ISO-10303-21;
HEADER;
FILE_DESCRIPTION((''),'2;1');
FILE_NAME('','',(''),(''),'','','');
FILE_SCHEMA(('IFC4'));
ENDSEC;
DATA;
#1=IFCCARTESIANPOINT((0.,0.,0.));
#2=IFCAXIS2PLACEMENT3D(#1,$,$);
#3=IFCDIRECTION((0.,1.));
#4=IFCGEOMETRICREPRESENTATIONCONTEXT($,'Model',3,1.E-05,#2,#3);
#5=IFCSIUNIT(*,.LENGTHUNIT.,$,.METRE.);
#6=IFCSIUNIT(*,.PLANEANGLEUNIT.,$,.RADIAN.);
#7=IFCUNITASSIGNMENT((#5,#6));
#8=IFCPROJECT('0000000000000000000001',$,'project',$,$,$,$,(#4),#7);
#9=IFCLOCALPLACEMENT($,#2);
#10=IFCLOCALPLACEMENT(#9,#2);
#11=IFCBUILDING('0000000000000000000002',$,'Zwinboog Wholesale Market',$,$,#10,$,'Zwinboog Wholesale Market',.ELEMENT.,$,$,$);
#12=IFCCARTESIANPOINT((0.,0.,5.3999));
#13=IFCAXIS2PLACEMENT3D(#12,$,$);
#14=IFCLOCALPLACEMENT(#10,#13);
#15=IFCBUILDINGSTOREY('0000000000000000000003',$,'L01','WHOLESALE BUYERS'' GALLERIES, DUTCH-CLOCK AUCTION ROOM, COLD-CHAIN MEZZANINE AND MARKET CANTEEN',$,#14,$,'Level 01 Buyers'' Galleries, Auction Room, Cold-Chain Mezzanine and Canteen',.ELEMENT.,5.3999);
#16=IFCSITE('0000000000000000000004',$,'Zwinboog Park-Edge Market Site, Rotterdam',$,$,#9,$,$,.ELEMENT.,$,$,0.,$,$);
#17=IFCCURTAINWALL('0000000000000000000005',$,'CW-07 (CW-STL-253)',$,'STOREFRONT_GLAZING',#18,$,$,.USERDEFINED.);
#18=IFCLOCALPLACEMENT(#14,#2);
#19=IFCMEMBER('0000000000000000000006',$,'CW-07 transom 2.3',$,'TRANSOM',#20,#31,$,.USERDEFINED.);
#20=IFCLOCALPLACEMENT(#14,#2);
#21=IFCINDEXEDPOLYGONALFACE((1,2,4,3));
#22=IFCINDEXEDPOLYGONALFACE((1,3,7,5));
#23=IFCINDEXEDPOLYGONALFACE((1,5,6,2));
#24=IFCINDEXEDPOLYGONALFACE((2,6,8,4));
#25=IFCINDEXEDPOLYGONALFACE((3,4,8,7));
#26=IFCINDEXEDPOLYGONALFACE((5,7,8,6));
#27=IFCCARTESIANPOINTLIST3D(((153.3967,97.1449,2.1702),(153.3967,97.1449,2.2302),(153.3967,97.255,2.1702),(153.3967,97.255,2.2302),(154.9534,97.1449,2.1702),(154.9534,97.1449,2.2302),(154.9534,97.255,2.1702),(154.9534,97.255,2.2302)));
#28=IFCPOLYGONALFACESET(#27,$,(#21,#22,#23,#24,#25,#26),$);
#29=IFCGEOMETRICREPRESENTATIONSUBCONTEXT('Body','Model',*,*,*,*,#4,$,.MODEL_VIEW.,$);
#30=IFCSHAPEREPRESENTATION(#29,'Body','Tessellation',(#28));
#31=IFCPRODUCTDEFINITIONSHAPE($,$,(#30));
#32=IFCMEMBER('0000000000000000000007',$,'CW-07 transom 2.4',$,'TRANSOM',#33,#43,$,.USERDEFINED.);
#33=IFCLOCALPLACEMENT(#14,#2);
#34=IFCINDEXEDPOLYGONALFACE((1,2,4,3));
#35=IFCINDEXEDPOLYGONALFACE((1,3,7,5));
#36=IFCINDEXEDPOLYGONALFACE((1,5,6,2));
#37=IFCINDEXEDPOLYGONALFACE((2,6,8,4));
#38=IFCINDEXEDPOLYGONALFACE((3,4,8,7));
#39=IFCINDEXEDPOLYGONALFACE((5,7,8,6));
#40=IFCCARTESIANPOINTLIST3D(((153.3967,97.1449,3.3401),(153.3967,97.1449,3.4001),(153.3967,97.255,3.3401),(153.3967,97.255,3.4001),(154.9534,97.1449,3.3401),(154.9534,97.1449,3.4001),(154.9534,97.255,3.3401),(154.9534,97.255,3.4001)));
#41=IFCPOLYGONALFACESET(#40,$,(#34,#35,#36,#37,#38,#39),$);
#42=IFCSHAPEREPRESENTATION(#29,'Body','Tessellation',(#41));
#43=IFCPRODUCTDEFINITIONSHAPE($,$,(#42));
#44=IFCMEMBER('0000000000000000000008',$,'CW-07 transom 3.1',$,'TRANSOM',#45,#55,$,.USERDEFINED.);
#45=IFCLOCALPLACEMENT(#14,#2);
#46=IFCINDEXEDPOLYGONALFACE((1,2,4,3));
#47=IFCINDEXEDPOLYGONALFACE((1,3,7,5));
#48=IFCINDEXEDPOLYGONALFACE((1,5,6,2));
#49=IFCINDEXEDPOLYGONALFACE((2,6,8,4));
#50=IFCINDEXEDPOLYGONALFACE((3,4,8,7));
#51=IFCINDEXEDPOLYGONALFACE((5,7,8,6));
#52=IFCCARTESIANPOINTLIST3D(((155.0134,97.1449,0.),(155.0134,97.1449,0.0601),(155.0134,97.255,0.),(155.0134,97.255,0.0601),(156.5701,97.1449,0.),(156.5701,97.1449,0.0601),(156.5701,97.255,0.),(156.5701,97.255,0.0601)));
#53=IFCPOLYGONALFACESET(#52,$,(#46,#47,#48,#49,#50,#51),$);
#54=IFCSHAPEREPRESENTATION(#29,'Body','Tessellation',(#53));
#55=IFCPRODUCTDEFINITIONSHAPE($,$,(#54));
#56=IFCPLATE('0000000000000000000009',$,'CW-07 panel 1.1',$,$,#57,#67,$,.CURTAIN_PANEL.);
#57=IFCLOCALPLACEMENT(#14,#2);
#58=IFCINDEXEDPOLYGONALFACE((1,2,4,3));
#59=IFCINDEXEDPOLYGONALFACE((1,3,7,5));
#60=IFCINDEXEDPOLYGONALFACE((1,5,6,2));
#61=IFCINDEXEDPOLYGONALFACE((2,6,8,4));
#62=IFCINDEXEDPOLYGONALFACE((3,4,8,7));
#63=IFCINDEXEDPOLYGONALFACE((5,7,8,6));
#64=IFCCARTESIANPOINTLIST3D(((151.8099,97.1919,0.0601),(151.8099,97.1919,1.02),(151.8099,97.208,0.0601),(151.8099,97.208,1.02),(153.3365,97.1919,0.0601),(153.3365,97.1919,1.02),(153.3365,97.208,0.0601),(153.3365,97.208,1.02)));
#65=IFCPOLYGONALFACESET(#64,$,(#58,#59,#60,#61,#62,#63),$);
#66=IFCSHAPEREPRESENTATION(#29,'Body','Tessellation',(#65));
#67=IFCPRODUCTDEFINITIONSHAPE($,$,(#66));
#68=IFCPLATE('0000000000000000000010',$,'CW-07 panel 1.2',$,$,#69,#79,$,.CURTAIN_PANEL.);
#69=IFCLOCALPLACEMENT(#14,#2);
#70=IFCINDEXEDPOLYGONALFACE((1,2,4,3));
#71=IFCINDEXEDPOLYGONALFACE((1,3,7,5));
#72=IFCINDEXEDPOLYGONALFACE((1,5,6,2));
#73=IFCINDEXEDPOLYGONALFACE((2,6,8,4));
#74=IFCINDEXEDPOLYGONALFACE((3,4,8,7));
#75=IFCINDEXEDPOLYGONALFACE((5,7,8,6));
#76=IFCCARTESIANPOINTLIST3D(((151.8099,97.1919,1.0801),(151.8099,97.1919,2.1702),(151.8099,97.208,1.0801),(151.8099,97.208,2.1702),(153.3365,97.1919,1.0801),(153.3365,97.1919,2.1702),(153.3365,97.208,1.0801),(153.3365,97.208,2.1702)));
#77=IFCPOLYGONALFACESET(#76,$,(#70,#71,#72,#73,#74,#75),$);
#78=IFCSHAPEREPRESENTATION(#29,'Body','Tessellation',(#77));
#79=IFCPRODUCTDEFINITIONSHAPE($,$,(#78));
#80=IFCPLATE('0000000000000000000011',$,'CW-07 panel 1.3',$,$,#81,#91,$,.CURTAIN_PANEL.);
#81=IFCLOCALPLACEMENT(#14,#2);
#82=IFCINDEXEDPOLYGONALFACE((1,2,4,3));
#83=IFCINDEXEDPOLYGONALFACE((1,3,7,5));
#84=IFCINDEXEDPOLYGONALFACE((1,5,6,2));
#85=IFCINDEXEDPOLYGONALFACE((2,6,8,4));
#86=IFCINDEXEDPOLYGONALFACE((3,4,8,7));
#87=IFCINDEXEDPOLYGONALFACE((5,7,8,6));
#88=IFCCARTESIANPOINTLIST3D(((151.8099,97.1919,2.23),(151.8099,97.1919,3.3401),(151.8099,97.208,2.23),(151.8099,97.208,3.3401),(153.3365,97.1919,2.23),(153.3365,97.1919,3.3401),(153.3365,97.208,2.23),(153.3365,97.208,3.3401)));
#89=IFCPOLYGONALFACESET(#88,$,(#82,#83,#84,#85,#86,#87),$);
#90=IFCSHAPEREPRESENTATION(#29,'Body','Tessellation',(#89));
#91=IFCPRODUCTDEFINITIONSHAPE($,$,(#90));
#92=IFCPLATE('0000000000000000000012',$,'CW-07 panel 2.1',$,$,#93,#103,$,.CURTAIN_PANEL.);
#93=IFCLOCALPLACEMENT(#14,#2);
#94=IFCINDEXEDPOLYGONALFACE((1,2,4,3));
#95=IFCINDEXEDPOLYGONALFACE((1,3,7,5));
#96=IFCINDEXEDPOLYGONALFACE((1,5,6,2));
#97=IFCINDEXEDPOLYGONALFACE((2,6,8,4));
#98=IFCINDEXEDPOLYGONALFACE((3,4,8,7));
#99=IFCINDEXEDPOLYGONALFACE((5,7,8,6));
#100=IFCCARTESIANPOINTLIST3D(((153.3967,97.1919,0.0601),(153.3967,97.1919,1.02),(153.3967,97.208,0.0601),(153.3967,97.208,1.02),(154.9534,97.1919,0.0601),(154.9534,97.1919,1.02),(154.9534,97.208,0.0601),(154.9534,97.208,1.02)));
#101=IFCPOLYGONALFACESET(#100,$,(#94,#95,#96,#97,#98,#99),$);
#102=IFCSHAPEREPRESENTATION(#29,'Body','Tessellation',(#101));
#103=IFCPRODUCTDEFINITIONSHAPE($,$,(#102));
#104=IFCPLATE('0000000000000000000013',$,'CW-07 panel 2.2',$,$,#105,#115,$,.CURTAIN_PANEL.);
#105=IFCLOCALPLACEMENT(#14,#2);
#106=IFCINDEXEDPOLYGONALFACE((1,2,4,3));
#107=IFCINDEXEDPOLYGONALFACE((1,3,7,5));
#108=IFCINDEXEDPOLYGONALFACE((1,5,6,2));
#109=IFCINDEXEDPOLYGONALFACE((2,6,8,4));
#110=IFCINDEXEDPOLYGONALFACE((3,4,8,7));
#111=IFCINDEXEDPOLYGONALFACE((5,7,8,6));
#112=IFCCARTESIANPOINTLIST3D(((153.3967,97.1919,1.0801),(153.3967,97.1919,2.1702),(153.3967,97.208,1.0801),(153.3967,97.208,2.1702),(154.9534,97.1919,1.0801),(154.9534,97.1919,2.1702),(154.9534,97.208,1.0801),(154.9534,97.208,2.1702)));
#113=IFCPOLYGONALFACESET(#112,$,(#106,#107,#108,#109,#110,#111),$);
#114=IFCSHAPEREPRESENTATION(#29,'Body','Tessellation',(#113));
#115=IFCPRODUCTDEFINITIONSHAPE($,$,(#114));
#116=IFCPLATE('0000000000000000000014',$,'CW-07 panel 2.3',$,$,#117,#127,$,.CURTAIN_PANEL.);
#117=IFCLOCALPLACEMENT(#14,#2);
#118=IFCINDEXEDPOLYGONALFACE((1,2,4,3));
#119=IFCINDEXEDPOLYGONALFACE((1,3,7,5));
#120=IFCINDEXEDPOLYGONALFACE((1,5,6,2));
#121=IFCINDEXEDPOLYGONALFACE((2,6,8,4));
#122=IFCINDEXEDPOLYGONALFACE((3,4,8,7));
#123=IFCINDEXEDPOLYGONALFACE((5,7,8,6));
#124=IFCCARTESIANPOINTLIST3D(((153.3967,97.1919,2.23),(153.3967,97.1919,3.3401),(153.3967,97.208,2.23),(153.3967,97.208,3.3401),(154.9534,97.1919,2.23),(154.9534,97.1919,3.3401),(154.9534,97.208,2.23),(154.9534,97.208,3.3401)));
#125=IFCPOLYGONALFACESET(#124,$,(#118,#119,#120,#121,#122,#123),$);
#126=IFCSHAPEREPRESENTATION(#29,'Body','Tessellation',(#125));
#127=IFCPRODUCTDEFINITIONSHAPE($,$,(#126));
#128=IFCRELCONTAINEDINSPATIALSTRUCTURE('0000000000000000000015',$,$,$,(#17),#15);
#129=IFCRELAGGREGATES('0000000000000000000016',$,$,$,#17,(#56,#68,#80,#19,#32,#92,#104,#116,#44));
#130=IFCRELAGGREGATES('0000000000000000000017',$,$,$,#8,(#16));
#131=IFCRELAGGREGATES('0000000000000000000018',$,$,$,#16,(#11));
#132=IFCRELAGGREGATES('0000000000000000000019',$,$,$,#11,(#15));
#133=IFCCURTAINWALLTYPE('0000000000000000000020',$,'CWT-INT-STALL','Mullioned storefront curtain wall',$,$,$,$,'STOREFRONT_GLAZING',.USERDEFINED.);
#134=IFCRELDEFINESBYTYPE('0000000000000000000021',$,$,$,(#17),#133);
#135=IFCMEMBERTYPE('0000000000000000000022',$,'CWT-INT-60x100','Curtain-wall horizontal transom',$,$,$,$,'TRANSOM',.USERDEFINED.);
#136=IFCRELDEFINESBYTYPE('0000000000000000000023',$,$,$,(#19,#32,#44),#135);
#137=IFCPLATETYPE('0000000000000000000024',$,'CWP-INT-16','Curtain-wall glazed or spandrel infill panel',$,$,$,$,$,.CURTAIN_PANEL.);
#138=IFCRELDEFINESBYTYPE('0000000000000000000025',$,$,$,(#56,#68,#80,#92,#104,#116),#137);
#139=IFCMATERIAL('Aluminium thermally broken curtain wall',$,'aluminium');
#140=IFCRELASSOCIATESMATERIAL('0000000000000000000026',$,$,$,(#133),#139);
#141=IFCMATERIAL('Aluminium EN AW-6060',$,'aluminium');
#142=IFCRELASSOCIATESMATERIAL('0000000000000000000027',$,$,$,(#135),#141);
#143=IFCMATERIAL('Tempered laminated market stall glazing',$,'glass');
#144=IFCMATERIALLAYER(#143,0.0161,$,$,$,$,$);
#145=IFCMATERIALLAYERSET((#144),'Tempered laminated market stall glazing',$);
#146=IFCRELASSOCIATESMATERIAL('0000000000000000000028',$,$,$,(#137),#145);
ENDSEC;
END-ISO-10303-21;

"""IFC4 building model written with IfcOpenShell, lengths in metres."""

from ifc_helpers import new_model, si_unit, direction, frame, origin, origin_2d, place, context, subcontext, project, spatial, rectangle, extrude, material, layer, layer_set, material_profile, profile_set, type_object, element, aggregate, save


model = new_model("IFC4")

# Units and contexts
model_context = context("Model", 3, precision=1e-05, world=origin(), true_north=direction((0.0, 1.0)))
body_context = subcontext(model_context, "Body", "Model", "MODEL_VIEW")
ifc_project = project(units=[si_unit("LENGTHUNIT", "METRE"), si_unit("PLANEANGLEUNIT", "RADIAN")], contexts=[model_context])

# Site, building, storey
site_placement = place(None, origin())
site = spatial("IfcSite", under=ifc_project, at=site_placement, Name="Zwinboog Park-Edge Market Site, Rotterdam", CompositionType="ELEMENT", RefElevation=0.0)
building_placement = place(site_placement, origin())
building = spatial("IfcBuilding", under=site, at=building_placement, Name="Zwinboog Wholesale Market", LongName="Zwinboog Wholesale Market", CompositionType="ELEMENT")
storey_placement = place(building_placement, frame((0.0, 0.0, 5.3999)))
storey = spatial("IfcBuildingStorey", under=building, at=storey_placement, Name="L01", Description="WHOLESALE BUYERS' GALLERIES, DUTCH-CLOCK AUCTION ROOM, COLD-CHAIN MEZZANINE AND MARKET CANTEEN", LongName="Level 01 Buyers' Galleries, Auction Room, Cold-Chain Mezzanine and Canteen", CompositionType="ELEMENT", Elevation=5.3999)

# Curtain wall, members, plates
ifc_material_1 = material(Name="Aluminium thermally broken curtain wall", Category="aluminium")
curtain_wall_type = type_object("IfcCurtainWallType", Name="CWT-INT-STALL", Description="Mullioned storefront curtain wall", ElementType="STOREFRONT_GLAZING", PredefinedType="USERDEFINED", material=ifc_material_1)
curtain_wall_placement = place(storey_placement, origin())
curtain_wall = element("IfcCurtainWall", 1, at=curtain_wall_placement, inside=storey, type_object=curtain_wall_type, Name="CW-07 (CW-STL-253)", ObjectType="STOREFRONT_GLAZING", PredefinedType="USERDEFINED")
ifc_material_2 = material(Name="Aluminium EN AW-6060", Category="aluminium")
ifc_material_profile_1 = material_profile(ifc_material_2, rectangle(XDim=0.1101, YDim=0.0601, at=origin_2d()), Name="AL 60x110")
ifc_profile_set_1 = profile_set([ifc_material_profile_1], Name="Aluminium EN AW-6060")
member_type_1 = type_object("IfcMemberType", Name="CWT-INT-60x100", Description="Curtain-wall horizontal transom", ElementType="TRANSOM", PredefinedType="USERDEFINED", material=ifc_profile_set_1)
member_1_placement = place(storey_placement, frame((153.3967, 97.2, 2.2002), z_axis=(1.0, 0.0, 0.0), x_axis=(0.0, 1.0, 0.0)))
member_1 = element("IfcMember", 2, at=member_1_placement, type_object=member_type_1, Name="CW-07 transom 2.3", ObjectType="TRANSOM", PredefinedType="USERDEFINED", context=body_context, shape_type="SweptSolid", body=[
    extrude(rectangle(XDim=0.1101, YDim=0.0601, at=origin_2d()), origin(), (0.0, 0.0, 1.0), 1.5566),
])
member_2_placement = place(storey_placement, frame((153.3967, 97.2, 3.3701), z_axis=(1.0, 0.0, 0.0), x_axis=(0.0, 1.0, 0.0)))
member_2 = element("IfcMember", 3, at=member_2_placement, type_object=member_type_1, Name="CW-07 transom 2.4", ObjectType="TRANSOM", PredefinedType="USERDEFINED", context=body_context, shape_type="SweptSolid", body=[
    extrude(rectangle(XDim=0.1101, YDim=0.0601, at=origin_2d()), origin(), (0.0, 0.0, 1.0), 1.5566),
])
member_3_placement = place(storey_placement, frame((155.0134, 97.2, 0.03), z_axis=(1.0, 0.0, 0.0), x_axis=(0.0, 1.0, 0.0)))
member_3 = element("IfcMember", 4, at=member_3_placement, type_object=member_type_1, Name="CW-07 transom 3.1", ObjectType="TRANSOM", PredefinedType="USERDEFINED", context=body_context, shape_type="SweptSolid", body=[
    extrude(rectangle(XDim=0.1101, YDim=0.0601, at=origin_2d()), origin(), (0.0, 0.0, 1.0), 1.5566),
])
ifc_material_3 = material(Name="Tempered laminated market stall glazing", Category="glass")
ifc_layer = layer(ifc_material_3, 0.0161)
ifc_layer_set = layer_set([ifc_layer], Name="Tempered laminated market stall glazing")
plate_type = type_object("IfcPlateType", Name="CWP-INT-16", Description="Curtain-wall glazed or spandrel infill panel", PredefinedType="CURTAIN_PANEL", material=ifc_layer_set)
plate_1_placement = place(storey_placement, frame((152.5732, 97.2, 0.0601), z_axis=(0.0, 0.0, 1.0), x_axis=(1.0, 0.0, 0.0)))
plate_1 = element("IfcPlate", 5, at=plate_1_placement, type_object=plate_type, Name="CW-07 panel 1.1", PredefinedType="CURTAIN_PANEL", context=body_context, shape_type="SweptSolid", body=[
    extrude(rectangle(XDim=1.5266, YDim=0.0161, at=origin_2d()), origin(), (0.0, 0.0, 1.0), 0.96),
])
plate_2_placement = place(storey_placement, frame((152.5732, 97.2, 1.0801), z_axis=(0.0, 0.0, 1.0), x_axis=(1.0, 0.0, 0.0)))
plate_2 = element("IfcPlate", 6, at=plate_2_placement, type_object=plate_type, Name="CW-07 panel 1.2", PredefinedType="CURTAIN_PANEL", context=body_context, shape_type="SweptSolid", body=[
    extrude(rectangle(XDim=1.5266, YDim=0.0161, at=origin_2d()), origin(), (0.0, 0.0, 1.0), 1.0901),
])
plate_3_placement = place(storey_placement, frame((152.5732, 97.2, 2.23), z_axis=(0.0, 0.0, 1.0), x_axis=(1.0, 0.0, 0.0)))
plate_3 = element("IfcPlate", 7, at=plate_3_placement, type_object=plate_type, Name="CW-07 panel 1.3", PredefinedType="CURTAIN_PANEL", context=body_context, shape_type="SweptSolid", body=[
    extrude(rectangle(XDim=1.5266, YDim=0.0161, at=origin_2d()), origin(), (0.0, 0.0, 1.0), 1.1101),
])
plate_4_placement = place(storey_placement, frame((154.175, 97.2, 0.0601), z_axis=(0.0, 0.0, 1.0), x_axis=(1.0, 0.0, 0.0)))
plate_4 = element("IfcPlate", 8, at=plate_4_placement, type_object=plate_type, Name="CW-07 panel 2.1", PredefinedType="CURTAIN_PANEL", context=body_context, shape_type="SweptSolid", body=[
    extrude(rectangle(XDim=1.5566, YDim=0.0161, at=origin_2d()), origin(), (0.0, 0.0, 1.0), 0.96),
])
plate_5_placement = place(storey_placement, frame((154.175, 97.2, 1.0801), z_axis=(0.0, 0.0, 1.0), x_axis=(1.0, 0.0, 0.0)))
plate_5 = element("IfcPlate", 9, at=plate_5_placement, type_object=plate_type, Name="CW-07 panel 2.2", PredefinedType="CURTAIN_PANEL", context=body_context, shape_type="SweptSolid", body=[
    extrude(rectangle(XDim=1.5566, YDim=0.0161, at=origin_2d()), origin(), (0.0, 0.0, 1.0), 1.0901),
])
plate_6_placement = place(storey_placement, frame((154.175, 97.2, 2.23), z_axis=(0.0, 0.0, 1.0), x_axis=(1.0, 0.0, 0.0)))
plate_6 = element("IfcPlate", 10, at=plate_6_placement, type_object=plate_type, Name="CW-07 panel 2.3", PredefinedType="CURTAIN_PANEL", context=body_context, shape_type="SweptSolid", body=[
    extrude(rectangle(XDim=1.5566, YDim=0.0161, at=origin_2d()), origin(), (0.0, 0.0, 1.0), 1.1101),
])
aggregate(curtain_wall, [plate_1, plate_2, plate_3, member_1, member_2, plate_4, plate_5, plate_6, member_3])

save(model, "model.ifc")
